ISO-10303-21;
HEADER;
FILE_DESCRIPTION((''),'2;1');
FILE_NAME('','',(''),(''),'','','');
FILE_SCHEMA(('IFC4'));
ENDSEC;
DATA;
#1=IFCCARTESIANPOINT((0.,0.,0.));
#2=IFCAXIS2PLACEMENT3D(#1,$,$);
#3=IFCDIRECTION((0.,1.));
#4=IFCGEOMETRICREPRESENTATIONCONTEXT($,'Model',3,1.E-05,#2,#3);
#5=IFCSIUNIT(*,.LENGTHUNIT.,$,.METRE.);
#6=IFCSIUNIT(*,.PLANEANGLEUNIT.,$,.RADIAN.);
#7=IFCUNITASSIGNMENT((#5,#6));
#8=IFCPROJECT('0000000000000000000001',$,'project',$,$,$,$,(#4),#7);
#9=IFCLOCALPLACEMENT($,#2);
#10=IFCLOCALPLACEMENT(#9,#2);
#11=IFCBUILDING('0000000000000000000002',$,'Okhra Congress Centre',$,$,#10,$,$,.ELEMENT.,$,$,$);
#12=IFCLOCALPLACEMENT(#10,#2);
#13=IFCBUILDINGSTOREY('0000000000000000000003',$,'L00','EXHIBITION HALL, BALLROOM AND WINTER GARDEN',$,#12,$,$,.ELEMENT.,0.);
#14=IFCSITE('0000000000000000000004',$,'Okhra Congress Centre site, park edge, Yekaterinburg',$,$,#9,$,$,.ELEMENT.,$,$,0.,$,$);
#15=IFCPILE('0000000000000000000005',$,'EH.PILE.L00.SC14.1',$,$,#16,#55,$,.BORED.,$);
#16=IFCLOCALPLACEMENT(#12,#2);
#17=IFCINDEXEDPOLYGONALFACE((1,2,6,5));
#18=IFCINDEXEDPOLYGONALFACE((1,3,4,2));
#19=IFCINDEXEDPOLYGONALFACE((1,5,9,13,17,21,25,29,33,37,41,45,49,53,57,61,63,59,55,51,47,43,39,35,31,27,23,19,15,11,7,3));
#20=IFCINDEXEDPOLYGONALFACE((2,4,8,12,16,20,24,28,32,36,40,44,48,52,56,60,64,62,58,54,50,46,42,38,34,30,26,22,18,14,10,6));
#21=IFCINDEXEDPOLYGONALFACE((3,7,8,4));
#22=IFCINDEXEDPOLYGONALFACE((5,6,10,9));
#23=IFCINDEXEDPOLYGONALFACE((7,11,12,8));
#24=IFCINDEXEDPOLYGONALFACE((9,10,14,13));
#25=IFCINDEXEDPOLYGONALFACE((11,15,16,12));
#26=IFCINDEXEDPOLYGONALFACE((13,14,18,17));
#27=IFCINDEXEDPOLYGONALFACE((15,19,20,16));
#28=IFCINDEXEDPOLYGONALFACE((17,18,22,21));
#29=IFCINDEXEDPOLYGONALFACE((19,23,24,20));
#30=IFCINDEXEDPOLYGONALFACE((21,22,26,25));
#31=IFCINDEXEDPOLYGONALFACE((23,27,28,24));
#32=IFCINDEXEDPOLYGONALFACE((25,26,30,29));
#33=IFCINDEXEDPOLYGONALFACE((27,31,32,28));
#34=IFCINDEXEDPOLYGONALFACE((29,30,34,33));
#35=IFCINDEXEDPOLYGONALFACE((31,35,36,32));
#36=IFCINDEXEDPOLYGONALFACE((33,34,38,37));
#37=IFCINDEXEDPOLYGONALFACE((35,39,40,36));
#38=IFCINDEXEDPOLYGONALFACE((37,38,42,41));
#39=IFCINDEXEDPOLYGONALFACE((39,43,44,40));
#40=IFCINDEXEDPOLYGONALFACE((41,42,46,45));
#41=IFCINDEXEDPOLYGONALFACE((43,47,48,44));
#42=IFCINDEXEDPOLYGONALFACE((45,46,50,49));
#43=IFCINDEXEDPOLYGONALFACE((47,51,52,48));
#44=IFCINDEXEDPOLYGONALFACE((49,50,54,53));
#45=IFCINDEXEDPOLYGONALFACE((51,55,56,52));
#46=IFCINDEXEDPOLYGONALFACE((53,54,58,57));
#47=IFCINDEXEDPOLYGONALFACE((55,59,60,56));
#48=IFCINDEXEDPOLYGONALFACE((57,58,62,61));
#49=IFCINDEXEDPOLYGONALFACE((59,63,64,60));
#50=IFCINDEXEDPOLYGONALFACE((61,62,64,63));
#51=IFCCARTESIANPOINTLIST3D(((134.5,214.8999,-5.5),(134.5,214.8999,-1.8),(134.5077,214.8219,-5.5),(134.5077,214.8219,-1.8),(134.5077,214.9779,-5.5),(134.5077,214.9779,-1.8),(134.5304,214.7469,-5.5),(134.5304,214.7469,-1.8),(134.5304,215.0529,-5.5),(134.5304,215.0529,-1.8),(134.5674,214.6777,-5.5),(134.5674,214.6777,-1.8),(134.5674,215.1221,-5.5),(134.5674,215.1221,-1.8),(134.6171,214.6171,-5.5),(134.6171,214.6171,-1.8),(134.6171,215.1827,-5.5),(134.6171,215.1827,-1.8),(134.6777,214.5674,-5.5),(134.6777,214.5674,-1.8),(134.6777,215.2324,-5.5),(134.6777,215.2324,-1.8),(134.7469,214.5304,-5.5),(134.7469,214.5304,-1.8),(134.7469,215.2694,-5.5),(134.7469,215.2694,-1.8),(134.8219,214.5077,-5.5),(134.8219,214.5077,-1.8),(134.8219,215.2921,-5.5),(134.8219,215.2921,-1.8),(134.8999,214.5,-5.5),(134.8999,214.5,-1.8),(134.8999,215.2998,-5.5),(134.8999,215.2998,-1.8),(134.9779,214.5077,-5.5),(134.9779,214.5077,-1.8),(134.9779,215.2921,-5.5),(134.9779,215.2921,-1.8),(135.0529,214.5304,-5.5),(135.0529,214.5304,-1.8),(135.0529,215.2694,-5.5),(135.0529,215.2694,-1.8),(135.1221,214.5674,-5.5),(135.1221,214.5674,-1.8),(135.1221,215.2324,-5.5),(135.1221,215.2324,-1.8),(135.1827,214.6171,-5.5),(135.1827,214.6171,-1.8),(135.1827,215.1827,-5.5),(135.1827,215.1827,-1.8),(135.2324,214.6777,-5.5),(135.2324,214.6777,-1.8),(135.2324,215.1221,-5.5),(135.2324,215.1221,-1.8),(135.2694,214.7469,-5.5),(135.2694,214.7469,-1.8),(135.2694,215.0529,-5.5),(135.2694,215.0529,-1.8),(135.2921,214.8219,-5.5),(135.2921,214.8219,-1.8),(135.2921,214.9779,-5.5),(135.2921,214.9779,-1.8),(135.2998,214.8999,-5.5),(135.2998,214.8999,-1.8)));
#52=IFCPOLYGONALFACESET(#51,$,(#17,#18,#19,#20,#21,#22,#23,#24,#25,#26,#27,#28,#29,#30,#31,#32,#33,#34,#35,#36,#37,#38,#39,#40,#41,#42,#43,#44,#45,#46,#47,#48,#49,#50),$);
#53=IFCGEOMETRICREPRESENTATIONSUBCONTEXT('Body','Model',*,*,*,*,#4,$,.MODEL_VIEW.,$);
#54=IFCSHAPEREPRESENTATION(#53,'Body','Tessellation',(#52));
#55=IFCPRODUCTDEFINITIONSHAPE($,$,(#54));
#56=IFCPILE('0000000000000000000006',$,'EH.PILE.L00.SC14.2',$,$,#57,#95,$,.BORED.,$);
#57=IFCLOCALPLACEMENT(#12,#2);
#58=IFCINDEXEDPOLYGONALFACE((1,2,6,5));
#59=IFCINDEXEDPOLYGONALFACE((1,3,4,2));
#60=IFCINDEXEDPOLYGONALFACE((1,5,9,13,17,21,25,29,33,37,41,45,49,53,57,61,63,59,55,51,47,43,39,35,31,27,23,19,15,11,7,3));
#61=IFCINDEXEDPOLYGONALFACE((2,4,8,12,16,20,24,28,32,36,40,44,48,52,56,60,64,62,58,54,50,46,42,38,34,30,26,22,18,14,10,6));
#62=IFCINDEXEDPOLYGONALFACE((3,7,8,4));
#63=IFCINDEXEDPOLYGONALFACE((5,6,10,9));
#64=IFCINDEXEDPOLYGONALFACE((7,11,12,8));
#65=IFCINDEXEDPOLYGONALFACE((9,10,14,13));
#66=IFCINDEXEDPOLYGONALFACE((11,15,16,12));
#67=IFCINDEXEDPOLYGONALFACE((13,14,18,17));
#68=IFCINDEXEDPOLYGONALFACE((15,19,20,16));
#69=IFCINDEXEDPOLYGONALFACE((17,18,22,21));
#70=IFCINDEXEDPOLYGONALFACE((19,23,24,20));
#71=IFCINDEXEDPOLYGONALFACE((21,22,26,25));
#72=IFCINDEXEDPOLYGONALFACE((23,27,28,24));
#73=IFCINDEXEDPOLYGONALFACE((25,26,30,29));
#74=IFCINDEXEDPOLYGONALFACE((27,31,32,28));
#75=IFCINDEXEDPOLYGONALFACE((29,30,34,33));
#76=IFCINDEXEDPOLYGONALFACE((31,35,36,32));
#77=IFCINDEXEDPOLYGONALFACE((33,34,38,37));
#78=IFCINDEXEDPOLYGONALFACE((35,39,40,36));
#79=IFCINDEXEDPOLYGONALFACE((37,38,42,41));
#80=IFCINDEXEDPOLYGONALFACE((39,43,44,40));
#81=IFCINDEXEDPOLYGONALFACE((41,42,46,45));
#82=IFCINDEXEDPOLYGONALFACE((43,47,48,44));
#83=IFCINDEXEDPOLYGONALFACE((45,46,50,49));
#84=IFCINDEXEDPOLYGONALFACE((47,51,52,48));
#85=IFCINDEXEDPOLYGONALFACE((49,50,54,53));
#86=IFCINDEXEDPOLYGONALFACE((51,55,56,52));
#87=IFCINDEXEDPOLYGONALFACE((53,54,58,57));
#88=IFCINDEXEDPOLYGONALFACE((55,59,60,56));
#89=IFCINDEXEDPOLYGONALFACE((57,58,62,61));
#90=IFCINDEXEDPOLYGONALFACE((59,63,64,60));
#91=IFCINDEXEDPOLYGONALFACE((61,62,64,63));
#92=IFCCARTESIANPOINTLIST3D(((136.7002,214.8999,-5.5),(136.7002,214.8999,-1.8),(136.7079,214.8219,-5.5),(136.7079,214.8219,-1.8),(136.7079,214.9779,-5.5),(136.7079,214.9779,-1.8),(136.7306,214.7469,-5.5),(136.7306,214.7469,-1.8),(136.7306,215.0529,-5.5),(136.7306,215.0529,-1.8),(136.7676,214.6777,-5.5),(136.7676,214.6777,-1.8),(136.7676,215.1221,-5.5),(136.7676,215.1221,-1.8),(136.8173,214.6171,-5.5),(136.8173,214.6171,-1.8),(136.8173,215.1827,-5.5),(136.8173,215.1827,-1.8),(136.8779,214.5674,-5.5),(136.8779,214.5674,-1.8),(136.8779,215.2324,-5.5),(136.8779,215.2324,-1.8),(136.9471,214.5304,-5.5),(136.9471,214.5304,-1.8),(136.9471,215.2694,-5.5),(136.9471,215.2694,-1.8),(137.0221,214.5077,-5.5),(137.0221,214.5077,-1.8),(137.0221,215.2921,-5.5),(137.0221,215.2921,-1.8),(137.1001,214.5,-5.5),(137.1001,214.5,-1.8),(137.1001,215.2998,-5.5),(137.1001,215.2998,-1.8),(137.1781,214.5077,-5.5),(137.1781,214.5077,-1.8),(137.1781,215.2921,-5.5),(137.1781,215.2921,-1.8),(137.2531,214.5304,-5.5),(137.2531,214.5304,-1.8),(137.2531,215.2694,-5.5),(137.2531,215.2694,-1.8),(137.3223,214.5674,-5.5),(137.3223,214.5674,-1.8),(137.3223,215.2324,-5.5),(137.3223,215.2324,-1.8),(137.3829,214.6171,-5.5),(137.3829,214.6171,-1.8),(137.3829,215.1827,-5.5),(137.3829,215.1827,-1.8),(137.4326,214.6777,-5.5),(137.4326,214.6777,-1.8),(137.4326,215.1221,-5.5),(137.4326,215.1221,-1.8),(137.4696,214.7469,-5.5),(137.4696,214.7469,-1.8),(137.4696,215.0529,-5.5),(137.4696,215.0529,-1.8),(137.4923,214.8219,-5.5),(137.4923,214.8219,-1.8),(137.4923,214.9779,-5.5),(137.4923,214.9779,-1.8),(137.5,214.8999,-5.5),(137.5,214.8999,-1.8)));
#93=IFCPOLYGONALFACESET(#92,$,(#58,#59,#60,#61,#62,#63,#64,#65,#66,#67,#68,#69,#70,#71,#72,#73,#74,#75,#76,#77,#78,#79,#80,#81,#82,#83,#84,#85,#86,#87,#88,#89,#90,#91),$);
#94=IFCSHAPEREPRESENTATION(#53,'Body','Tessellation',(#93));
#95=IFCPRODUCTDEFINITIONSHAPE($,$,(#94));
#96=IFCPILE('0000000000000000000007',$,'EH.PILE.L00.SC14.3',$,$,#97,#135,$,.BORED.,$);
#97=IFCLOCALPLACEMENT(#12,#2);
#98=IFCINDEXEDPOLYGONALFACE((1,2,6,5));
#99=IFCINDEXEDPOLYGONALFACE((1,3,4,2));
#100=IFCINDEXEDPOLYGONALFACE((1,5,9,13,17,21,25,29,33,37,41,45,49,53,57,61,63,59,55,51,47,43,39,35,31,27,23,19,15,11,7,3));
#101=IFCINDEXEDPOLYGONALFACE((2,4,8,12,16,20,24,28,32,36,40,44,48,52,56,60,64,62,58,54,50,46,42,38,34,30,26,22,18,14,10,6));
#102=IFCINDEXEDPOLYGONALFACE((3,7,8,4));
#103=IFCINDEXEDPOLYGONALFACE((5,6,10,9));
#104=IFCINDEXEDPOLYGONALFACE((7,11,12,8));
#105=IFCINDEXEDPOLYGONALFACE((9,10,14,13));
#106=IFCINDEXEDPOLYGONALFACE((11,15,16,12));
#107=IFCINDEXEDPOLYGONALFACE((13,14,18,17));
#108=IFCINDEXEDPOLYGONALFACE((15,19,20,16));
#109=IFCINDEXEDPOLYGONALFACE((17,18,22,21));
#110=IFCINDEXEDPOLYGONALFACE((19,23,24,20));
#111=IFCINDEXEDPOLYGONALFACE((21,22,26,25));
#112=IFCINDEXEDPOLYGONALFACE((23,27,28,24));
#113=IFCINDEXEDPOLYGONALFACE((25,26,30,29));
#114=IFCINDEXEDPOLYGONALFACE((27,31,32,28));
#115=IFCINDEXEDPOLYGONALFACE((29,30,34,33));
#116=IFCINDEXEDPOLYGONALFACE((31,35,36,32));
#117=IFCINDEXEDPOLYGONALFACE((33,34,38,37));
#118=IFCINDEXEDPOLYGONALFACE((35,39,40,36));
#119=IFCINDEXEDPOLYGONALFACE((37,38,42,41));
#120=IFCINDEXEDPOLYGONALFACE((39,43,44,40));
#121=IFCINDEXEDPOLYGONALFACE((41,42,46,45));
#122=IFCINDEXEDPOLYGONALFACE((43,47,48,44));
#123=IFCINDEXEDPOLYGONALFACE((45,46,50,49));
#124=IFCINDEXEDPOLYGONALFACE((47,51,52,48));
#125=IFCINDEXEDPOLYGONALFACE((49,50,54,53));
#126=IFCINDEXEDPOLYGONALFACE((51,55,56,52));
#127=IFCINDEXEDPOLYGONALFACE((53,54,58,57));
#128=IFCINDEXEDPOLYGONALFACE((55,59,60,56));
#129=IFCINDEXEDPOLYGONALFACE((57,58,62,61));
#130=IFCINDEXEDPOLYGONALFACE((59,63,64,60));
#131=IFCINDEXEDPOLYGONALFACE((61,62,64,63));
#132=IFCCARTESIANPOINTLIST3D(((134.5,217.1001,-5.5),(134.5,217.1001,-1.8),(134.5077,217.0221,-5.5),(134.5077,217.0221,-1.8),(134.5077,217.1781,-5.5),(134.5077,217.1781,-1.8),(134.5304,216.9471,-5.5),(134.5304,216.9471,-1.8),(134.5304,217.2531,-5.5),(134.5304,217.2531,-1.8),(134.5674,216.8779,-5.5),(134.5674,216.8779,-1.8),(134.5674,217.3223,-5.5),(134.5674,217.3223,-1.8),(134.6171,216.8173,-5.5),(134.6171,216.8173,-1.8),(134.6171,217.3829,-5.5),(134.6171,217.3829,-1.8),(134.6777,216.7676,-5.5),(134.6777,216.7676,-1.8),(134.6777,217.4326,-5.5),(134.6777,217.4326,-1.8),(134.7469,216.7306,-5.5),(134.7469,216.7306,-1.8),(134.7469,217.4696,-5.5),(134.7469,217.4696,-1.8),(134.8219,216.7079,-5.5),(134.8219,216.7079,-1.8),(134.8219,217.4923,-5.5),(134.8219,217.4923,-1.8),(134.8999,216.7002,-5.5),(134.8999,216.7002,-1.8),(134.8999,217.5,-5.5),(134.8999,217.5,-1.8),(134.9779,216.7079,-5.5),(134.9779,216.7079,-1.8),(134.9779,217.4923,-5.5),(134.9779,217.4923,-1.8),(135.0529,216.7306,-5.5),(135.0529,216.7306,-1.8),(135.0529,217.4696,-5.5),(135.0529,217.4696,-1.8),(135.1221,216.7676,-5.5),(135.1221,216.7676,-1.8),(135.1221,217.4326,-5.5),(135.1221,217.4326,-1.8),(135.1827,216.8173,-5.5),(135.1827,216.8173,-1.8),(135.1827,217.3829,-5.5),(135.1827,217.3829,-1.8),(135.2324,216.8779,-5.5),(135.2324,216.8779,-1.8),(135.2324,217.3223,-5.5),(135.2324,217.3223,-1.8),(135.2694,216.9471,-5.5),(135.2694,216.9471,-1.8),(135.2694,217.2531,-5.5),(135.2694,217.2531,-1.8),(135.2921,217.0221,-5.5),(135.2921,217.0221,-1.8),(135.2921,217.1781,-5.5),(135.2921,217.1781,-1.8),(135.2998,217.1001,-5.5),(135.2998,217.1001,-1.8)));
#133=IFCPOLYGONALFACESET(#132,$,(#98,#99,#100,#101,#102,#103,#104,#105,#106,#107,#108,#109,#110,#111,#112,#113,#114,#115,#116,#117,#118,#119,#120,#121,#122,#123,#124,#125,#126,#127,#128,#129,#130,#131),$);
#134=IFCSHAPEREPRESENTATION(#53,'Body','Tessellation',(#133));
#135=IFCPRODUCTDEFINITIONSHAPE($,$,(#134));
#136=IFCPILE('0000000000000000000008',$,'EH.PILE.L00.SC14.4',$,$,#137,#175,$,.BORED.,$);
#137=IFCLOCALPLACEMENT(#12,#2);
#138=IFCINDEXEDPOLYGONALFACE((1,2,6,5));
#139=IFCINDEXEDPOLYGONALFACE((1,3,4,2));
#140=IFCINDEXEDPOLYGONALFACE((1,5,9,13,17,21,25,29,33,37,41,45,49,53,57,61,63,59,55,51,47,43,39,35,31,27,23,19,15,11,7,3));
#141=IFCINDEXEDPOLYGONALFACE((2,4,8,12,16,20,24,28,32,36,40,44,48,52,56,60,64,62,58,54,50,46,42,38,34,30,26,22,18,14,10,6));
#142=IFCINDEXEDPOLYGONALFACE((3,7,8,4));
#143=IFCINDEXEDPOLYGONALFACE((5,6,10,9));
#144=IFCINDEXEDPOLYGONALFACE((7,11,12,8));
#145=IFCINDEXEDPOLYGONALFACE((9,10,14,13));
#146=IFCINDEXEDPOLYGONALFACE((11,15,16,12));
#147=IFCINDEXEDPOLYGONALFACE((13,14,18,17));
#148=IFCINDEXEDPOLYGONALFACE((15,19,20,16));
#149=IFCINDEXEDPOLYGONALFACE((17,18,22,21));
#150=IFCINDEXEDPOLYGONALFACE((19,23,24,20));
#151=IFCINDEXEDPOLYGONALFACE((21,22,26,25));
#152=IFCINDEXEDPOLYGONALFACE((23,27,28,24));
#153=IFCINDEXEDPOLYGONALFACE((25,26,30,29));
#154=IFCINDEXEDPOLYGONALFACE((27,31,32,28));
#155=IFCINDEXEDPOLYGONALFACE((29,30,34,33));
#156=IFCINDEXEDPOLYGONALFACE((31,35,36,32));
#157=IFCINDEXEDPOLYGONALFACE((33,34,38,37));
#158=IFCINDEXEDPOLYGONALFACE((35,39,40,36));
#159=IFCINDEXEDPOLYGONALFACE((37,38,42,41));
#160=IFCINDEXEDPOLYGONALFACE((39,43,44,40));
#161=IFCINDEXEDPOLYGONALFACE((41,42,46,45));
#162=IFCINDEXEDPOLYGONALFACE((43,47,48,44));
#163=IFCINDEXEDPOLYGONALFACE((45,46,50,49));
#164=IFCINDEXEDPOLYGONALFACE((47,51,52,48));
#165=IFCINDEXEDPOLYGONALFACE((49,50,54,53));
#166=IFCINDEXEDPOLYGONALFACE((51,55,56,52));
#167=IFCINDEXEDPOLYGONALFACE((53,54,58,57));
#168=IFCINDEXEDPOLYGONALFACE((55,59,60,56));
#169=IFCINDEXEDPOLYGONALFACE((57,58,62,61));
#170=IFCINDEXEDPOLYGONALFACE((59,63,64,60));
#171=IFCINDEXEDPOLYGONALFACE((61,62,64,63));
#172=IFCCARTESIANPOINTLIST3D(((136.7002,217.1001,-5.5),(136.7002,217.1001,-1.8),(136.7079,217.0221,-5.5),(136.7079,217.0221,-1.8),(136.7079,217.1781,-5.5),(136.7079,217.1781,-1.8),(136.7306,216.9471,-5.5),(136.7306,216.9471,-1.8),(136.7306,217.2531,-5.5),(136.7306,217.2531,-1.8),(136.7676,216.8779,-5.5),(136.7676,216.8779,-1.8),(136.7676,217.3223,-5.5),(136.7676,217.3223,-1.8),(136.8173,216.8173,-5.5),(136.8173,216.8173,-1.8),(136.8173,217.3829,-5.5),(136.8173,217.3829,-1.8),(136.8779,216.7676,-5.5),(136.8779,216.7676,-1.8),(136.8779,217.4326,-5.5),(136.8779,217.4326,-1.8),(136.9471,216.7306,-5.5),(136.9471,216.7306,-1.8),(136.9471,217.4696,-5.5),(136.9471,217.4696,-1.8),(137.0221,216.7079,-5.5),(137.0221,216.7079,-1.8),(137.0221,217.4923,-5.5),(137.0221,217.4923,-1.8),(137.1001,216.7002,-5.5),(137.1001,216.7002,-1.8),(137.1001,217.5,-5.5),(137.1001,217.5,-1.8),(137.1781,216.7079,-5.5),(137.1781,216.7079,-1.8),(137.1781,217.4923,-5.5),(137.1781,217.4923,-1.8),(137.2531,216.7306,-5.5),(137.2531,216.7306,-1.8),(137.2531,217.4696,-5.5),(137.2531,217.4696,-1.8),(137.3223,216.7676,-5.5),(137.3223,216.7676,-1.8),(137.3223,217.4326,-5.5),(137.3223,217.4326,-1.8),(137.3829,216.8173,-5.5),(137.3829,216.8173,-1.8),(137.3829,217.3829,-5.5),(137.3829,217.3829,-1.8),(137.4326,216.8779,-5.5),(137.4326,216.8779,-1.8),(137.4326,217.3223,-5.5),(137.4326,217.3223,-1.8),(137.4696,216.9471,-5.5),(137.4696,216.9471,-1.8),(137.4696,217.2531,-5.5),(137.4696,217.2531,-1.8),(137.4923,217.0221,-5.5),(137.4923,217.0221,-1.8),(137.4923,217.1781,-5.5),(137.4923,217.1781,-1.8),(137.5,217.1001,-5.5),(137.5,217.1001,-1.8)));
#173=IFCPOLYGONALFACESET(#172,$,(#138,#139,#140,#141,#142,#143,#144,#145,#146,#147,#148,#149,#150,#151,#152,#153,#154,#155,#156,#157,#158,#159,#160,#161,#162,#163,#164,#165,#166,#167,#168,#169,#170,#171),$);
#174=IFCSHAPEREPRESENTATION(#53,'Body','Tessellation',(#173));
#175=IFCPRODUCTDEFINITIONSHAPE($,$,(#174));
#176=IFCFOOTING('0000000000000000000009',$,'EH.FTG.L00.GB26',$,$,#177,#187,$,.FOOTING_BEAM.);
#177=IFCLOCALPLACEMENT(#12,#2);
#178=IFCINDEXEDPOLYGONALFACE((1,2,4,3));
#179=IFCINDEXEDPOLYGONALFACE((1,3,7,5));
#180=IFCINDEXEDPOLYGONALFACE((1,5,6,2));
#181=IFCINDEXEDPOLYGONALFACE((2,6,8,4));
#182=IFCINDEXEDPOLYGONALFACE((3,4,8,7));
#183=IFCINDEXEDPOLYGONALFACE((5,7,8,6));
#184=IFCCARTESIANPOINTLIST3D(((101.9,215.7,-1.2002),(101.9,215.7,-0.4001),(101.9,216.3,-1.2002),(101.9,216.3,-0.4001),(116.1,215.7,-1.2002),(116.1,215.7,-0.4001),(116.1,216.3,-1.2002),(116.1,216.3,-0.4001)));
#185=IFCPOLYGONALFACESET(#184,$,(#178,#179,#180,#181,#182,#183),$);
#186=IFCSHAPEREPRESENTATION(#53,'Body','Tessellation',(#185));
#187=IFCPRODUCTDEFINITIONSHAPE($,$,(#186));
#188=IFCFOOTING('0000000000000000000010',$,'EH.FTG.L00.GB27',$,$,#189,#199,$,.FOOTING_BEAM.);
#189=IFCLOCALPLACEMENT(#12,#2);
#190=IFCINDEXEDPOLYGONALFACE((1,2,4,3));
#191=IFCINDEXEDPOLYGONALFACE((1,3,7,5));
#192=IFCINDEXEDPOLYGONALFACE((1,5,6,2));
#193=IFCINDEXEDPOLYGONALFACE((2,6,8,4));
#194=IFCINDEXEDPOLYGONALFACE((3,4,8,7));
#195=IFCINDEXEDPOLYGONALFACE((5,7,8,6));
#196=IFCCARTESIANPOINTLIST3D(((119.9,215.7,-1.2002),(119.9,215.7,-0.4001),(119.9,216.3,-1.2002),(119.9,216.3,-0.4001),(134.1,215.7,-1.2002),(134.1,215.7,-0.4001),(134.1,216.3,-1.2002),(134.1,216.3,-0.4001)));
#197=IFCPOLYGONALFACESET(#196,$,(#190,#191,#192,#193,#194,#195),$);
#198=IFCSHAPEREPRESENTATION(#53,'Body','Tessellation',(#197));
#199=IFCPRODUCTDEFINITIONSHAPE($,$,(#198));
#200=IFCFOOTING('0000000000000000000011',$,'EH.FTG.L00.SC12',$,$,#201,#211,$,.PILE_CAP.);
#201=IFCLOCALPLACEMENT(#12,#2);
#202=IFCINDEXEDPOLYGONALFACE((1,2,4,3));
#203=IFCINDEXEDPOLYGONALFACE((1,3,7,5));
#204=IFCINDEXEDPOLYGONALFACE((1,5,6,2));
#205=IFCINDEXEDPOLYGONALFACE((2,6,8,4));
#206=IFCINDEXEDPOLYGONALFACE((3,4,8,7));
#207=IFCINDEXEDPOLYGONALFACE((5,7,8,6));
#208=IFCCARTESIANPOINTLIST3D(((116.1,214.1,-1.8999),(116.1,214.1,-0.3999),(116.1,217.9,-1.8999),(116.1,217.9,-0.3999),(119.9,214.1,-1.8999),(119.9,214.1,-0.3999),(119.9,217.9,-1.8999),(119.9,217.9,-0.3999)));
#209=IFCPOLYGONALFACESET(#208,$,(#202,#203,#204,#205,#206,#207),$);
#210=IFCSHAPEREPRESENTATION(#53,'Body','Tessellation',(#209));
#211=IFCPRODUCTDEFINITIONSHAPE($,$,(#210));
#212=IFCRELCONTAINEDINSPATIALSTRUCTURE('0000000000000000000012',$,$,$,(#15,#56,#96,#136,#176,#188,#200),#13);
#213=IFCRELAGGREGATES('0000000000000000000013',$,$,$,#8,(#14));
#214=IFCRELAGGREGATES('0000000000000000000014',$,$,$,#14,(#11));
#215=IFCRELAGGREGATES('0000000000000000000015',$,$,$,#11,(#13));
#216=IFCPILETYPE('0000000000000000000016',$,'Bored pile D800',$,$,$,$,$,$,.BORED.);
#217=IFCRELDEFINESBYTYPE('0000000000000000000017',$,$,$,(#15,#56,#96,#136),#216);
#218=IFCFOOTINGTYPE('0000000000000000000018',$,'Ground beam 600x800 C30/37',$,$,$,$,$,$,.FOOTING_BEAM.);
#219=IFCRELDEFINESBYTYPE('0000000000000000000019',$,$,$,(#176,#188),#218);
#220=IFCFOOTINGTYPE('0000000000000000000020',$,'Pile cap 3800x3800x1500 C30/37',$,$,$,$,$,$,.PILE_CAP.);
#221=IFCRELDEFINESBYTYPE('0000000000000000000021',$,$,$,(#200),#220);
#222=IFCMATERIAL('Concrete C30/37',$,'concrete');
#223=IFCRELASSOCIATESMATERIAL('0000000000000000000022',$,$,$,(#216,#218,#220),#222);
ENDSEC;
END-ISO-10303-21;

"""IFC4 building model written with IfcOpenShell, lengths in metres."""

from ifc_helpers import new_model, si_unit, direction, frame, origin, origin_2d, place, context, subcontext, project, spatial, rectangle, circle, extrude, material, material_profile, profile_set, type_object, element, save


model = new_model("IFC4")

# Units and contexts
model_context = context("Model", 3, precision=1e-05, world=origin(), true_north=direction((0.0, 1.0)))
body_context = subcontext(model_context, "Body", "Model", "MODEL_VIEW")
ifc_project = project(units=[si_unit("LENGTHUNIT", "METRE"), si_unit("PLANEANGLEUNIT", "RADIAN")], contexts=[model_context])

# Site, building, storey
site_placement = place(None, origin())
site = spatial("IfcSite", under=ifc_project, at=site_placement, Name="Okhra Congress Centre site, park edge, Yekaterinburg", CompositionType="ELEMENT", RefElevation=0.0)
building_placement = place(site_placement, origin())
building = spatial("IfcBuilding", under=site, at=building_placement, Name="Okhra Congress Centre", CompositionType="ELEMENT")
storey_placement = place(building_placement, origin())
storey = spatial("IfcBuildingStorey", under=building, at=storey_placement, Name="L00", Description="EXHIBITION HALL, BALLROOM AND WINTER GARDEN", CompositionType="ELEMENT", Elevation=0.0)

# Piles
ifc_material_1 = material(Name="Concrete C30/37", Category="concrete")
ifc_material_profile_1 = material_profile(ifc_material_1, circle(Radius=0.3999, at=origin_2d()), Name="D800")
ifc_profile_set_1 = profile_set([ifc_material_profile_1], Name="Concrete C30/37")
pile_type = type_object("IfcPileType", Name="Bored pile D800", PredefinedType="BORED", material=ifc_profile_set_1)
for number, where, z_axis, x_axis, name in (
    (1, (134.8999, 214.8999, -1.8), (0.0, 0.0, -1.0), (1.0, 0.0, 0.0), "EH.PILE.L00.SC14.1"),
    (2, (137.1001, 214.8999, -1.8), (0.0, 0.0, -1.0), (1.0, 0.0, 0.0), "EH.PILE.L00.SC14.2"),
    (3, (134.8999, 217.1001, -1.8), (0.0, 0.0, -1.0), (1.0, 0.0, 0.0), "EH.PILE.L00.SC14.3"),
    (4, (137.1001, 217.1001, -1.8), (0.0, 0.0, -1.0), (1.0, 0.0, 0.0), "EH.PILE.L00.SC14.4"),
):
    element("IfcPile", number, at=place(storey_placement, frame(where, z_axis=z_axis, x_axis=x_axis)), inside=storey, type_object=pile_type, Name=name, PredefinedType="BORED", context=body_context, shape_type="SweptSolid", body=[
        extrude(circle(Radius=0.3999, at=origin_2d()), origin(), (0.0, 0.0, 1.0), 3.7),
    ])

# Footings
footing_type_1 = type_object("IfcFootingType", Name="Ground beam 600x800 C30/37", PredefinedType="FOOTING_BEAM", material=ifc_material_1)
for number, where, z_axis, x_axis, name in (
    (5, (109.0, 216.0, -1.2002), (0.0, 0.0, 1.0), (1.0, 0.0, 0.0), "EH.FTG.L00.GB26"),
    (6, (127.0, 216.0, -1.2002), (0.0, 0.0, 1.0), (1.0, 0.0, 0.0), "EH.FTG.L00.GB27"),
):
    element("IfcFooting", number, at=place(storey_placement, frame(where, z_axis=z_axis, x_axis=x_axis)), inside=storey, type_object=footing_type_1, Name=name, PredefinedType="FOOTING_BEAM", context=body_context, shape_type="SweptSolid", body=[
        extrude(rectangle(XDim=14.2, YDim=0.6001, at=origin_2d()), origin(), (0.0, 0.0, 1.0), 0.8),
    ])
footing_type_2 = type_object("IfcFootingType", Name="Pile cap 3800x3800x1500 C30/37", PredefinedType="PILE_CAP", material=ifc_material_1)
for number, where, z_axis, x_axis, name in (
    (7, (118.0, 216.0, -1.8999), (0.0, 0.0, 1.0), (1.0, 0.0, 0.0), "EH.FTG.L00.SC12"),
):
    element("IfcFooting", number, at=place(storey_placement, frame(where, z_axis=z_axis, x_axis=x_axis)), inside=storey, type_object=footing_type_2, Name=name, PredefinedType="PILE_CAP", context=body_context, shape_type="SweptSolid", body=[
        extrude(rectangle(XDim=3.8, YDim=3.8, at=origin_2d()), origin(), (0.0, 0.0, 1.0), 1.5),
    ])

save(model, "model.ifc")
